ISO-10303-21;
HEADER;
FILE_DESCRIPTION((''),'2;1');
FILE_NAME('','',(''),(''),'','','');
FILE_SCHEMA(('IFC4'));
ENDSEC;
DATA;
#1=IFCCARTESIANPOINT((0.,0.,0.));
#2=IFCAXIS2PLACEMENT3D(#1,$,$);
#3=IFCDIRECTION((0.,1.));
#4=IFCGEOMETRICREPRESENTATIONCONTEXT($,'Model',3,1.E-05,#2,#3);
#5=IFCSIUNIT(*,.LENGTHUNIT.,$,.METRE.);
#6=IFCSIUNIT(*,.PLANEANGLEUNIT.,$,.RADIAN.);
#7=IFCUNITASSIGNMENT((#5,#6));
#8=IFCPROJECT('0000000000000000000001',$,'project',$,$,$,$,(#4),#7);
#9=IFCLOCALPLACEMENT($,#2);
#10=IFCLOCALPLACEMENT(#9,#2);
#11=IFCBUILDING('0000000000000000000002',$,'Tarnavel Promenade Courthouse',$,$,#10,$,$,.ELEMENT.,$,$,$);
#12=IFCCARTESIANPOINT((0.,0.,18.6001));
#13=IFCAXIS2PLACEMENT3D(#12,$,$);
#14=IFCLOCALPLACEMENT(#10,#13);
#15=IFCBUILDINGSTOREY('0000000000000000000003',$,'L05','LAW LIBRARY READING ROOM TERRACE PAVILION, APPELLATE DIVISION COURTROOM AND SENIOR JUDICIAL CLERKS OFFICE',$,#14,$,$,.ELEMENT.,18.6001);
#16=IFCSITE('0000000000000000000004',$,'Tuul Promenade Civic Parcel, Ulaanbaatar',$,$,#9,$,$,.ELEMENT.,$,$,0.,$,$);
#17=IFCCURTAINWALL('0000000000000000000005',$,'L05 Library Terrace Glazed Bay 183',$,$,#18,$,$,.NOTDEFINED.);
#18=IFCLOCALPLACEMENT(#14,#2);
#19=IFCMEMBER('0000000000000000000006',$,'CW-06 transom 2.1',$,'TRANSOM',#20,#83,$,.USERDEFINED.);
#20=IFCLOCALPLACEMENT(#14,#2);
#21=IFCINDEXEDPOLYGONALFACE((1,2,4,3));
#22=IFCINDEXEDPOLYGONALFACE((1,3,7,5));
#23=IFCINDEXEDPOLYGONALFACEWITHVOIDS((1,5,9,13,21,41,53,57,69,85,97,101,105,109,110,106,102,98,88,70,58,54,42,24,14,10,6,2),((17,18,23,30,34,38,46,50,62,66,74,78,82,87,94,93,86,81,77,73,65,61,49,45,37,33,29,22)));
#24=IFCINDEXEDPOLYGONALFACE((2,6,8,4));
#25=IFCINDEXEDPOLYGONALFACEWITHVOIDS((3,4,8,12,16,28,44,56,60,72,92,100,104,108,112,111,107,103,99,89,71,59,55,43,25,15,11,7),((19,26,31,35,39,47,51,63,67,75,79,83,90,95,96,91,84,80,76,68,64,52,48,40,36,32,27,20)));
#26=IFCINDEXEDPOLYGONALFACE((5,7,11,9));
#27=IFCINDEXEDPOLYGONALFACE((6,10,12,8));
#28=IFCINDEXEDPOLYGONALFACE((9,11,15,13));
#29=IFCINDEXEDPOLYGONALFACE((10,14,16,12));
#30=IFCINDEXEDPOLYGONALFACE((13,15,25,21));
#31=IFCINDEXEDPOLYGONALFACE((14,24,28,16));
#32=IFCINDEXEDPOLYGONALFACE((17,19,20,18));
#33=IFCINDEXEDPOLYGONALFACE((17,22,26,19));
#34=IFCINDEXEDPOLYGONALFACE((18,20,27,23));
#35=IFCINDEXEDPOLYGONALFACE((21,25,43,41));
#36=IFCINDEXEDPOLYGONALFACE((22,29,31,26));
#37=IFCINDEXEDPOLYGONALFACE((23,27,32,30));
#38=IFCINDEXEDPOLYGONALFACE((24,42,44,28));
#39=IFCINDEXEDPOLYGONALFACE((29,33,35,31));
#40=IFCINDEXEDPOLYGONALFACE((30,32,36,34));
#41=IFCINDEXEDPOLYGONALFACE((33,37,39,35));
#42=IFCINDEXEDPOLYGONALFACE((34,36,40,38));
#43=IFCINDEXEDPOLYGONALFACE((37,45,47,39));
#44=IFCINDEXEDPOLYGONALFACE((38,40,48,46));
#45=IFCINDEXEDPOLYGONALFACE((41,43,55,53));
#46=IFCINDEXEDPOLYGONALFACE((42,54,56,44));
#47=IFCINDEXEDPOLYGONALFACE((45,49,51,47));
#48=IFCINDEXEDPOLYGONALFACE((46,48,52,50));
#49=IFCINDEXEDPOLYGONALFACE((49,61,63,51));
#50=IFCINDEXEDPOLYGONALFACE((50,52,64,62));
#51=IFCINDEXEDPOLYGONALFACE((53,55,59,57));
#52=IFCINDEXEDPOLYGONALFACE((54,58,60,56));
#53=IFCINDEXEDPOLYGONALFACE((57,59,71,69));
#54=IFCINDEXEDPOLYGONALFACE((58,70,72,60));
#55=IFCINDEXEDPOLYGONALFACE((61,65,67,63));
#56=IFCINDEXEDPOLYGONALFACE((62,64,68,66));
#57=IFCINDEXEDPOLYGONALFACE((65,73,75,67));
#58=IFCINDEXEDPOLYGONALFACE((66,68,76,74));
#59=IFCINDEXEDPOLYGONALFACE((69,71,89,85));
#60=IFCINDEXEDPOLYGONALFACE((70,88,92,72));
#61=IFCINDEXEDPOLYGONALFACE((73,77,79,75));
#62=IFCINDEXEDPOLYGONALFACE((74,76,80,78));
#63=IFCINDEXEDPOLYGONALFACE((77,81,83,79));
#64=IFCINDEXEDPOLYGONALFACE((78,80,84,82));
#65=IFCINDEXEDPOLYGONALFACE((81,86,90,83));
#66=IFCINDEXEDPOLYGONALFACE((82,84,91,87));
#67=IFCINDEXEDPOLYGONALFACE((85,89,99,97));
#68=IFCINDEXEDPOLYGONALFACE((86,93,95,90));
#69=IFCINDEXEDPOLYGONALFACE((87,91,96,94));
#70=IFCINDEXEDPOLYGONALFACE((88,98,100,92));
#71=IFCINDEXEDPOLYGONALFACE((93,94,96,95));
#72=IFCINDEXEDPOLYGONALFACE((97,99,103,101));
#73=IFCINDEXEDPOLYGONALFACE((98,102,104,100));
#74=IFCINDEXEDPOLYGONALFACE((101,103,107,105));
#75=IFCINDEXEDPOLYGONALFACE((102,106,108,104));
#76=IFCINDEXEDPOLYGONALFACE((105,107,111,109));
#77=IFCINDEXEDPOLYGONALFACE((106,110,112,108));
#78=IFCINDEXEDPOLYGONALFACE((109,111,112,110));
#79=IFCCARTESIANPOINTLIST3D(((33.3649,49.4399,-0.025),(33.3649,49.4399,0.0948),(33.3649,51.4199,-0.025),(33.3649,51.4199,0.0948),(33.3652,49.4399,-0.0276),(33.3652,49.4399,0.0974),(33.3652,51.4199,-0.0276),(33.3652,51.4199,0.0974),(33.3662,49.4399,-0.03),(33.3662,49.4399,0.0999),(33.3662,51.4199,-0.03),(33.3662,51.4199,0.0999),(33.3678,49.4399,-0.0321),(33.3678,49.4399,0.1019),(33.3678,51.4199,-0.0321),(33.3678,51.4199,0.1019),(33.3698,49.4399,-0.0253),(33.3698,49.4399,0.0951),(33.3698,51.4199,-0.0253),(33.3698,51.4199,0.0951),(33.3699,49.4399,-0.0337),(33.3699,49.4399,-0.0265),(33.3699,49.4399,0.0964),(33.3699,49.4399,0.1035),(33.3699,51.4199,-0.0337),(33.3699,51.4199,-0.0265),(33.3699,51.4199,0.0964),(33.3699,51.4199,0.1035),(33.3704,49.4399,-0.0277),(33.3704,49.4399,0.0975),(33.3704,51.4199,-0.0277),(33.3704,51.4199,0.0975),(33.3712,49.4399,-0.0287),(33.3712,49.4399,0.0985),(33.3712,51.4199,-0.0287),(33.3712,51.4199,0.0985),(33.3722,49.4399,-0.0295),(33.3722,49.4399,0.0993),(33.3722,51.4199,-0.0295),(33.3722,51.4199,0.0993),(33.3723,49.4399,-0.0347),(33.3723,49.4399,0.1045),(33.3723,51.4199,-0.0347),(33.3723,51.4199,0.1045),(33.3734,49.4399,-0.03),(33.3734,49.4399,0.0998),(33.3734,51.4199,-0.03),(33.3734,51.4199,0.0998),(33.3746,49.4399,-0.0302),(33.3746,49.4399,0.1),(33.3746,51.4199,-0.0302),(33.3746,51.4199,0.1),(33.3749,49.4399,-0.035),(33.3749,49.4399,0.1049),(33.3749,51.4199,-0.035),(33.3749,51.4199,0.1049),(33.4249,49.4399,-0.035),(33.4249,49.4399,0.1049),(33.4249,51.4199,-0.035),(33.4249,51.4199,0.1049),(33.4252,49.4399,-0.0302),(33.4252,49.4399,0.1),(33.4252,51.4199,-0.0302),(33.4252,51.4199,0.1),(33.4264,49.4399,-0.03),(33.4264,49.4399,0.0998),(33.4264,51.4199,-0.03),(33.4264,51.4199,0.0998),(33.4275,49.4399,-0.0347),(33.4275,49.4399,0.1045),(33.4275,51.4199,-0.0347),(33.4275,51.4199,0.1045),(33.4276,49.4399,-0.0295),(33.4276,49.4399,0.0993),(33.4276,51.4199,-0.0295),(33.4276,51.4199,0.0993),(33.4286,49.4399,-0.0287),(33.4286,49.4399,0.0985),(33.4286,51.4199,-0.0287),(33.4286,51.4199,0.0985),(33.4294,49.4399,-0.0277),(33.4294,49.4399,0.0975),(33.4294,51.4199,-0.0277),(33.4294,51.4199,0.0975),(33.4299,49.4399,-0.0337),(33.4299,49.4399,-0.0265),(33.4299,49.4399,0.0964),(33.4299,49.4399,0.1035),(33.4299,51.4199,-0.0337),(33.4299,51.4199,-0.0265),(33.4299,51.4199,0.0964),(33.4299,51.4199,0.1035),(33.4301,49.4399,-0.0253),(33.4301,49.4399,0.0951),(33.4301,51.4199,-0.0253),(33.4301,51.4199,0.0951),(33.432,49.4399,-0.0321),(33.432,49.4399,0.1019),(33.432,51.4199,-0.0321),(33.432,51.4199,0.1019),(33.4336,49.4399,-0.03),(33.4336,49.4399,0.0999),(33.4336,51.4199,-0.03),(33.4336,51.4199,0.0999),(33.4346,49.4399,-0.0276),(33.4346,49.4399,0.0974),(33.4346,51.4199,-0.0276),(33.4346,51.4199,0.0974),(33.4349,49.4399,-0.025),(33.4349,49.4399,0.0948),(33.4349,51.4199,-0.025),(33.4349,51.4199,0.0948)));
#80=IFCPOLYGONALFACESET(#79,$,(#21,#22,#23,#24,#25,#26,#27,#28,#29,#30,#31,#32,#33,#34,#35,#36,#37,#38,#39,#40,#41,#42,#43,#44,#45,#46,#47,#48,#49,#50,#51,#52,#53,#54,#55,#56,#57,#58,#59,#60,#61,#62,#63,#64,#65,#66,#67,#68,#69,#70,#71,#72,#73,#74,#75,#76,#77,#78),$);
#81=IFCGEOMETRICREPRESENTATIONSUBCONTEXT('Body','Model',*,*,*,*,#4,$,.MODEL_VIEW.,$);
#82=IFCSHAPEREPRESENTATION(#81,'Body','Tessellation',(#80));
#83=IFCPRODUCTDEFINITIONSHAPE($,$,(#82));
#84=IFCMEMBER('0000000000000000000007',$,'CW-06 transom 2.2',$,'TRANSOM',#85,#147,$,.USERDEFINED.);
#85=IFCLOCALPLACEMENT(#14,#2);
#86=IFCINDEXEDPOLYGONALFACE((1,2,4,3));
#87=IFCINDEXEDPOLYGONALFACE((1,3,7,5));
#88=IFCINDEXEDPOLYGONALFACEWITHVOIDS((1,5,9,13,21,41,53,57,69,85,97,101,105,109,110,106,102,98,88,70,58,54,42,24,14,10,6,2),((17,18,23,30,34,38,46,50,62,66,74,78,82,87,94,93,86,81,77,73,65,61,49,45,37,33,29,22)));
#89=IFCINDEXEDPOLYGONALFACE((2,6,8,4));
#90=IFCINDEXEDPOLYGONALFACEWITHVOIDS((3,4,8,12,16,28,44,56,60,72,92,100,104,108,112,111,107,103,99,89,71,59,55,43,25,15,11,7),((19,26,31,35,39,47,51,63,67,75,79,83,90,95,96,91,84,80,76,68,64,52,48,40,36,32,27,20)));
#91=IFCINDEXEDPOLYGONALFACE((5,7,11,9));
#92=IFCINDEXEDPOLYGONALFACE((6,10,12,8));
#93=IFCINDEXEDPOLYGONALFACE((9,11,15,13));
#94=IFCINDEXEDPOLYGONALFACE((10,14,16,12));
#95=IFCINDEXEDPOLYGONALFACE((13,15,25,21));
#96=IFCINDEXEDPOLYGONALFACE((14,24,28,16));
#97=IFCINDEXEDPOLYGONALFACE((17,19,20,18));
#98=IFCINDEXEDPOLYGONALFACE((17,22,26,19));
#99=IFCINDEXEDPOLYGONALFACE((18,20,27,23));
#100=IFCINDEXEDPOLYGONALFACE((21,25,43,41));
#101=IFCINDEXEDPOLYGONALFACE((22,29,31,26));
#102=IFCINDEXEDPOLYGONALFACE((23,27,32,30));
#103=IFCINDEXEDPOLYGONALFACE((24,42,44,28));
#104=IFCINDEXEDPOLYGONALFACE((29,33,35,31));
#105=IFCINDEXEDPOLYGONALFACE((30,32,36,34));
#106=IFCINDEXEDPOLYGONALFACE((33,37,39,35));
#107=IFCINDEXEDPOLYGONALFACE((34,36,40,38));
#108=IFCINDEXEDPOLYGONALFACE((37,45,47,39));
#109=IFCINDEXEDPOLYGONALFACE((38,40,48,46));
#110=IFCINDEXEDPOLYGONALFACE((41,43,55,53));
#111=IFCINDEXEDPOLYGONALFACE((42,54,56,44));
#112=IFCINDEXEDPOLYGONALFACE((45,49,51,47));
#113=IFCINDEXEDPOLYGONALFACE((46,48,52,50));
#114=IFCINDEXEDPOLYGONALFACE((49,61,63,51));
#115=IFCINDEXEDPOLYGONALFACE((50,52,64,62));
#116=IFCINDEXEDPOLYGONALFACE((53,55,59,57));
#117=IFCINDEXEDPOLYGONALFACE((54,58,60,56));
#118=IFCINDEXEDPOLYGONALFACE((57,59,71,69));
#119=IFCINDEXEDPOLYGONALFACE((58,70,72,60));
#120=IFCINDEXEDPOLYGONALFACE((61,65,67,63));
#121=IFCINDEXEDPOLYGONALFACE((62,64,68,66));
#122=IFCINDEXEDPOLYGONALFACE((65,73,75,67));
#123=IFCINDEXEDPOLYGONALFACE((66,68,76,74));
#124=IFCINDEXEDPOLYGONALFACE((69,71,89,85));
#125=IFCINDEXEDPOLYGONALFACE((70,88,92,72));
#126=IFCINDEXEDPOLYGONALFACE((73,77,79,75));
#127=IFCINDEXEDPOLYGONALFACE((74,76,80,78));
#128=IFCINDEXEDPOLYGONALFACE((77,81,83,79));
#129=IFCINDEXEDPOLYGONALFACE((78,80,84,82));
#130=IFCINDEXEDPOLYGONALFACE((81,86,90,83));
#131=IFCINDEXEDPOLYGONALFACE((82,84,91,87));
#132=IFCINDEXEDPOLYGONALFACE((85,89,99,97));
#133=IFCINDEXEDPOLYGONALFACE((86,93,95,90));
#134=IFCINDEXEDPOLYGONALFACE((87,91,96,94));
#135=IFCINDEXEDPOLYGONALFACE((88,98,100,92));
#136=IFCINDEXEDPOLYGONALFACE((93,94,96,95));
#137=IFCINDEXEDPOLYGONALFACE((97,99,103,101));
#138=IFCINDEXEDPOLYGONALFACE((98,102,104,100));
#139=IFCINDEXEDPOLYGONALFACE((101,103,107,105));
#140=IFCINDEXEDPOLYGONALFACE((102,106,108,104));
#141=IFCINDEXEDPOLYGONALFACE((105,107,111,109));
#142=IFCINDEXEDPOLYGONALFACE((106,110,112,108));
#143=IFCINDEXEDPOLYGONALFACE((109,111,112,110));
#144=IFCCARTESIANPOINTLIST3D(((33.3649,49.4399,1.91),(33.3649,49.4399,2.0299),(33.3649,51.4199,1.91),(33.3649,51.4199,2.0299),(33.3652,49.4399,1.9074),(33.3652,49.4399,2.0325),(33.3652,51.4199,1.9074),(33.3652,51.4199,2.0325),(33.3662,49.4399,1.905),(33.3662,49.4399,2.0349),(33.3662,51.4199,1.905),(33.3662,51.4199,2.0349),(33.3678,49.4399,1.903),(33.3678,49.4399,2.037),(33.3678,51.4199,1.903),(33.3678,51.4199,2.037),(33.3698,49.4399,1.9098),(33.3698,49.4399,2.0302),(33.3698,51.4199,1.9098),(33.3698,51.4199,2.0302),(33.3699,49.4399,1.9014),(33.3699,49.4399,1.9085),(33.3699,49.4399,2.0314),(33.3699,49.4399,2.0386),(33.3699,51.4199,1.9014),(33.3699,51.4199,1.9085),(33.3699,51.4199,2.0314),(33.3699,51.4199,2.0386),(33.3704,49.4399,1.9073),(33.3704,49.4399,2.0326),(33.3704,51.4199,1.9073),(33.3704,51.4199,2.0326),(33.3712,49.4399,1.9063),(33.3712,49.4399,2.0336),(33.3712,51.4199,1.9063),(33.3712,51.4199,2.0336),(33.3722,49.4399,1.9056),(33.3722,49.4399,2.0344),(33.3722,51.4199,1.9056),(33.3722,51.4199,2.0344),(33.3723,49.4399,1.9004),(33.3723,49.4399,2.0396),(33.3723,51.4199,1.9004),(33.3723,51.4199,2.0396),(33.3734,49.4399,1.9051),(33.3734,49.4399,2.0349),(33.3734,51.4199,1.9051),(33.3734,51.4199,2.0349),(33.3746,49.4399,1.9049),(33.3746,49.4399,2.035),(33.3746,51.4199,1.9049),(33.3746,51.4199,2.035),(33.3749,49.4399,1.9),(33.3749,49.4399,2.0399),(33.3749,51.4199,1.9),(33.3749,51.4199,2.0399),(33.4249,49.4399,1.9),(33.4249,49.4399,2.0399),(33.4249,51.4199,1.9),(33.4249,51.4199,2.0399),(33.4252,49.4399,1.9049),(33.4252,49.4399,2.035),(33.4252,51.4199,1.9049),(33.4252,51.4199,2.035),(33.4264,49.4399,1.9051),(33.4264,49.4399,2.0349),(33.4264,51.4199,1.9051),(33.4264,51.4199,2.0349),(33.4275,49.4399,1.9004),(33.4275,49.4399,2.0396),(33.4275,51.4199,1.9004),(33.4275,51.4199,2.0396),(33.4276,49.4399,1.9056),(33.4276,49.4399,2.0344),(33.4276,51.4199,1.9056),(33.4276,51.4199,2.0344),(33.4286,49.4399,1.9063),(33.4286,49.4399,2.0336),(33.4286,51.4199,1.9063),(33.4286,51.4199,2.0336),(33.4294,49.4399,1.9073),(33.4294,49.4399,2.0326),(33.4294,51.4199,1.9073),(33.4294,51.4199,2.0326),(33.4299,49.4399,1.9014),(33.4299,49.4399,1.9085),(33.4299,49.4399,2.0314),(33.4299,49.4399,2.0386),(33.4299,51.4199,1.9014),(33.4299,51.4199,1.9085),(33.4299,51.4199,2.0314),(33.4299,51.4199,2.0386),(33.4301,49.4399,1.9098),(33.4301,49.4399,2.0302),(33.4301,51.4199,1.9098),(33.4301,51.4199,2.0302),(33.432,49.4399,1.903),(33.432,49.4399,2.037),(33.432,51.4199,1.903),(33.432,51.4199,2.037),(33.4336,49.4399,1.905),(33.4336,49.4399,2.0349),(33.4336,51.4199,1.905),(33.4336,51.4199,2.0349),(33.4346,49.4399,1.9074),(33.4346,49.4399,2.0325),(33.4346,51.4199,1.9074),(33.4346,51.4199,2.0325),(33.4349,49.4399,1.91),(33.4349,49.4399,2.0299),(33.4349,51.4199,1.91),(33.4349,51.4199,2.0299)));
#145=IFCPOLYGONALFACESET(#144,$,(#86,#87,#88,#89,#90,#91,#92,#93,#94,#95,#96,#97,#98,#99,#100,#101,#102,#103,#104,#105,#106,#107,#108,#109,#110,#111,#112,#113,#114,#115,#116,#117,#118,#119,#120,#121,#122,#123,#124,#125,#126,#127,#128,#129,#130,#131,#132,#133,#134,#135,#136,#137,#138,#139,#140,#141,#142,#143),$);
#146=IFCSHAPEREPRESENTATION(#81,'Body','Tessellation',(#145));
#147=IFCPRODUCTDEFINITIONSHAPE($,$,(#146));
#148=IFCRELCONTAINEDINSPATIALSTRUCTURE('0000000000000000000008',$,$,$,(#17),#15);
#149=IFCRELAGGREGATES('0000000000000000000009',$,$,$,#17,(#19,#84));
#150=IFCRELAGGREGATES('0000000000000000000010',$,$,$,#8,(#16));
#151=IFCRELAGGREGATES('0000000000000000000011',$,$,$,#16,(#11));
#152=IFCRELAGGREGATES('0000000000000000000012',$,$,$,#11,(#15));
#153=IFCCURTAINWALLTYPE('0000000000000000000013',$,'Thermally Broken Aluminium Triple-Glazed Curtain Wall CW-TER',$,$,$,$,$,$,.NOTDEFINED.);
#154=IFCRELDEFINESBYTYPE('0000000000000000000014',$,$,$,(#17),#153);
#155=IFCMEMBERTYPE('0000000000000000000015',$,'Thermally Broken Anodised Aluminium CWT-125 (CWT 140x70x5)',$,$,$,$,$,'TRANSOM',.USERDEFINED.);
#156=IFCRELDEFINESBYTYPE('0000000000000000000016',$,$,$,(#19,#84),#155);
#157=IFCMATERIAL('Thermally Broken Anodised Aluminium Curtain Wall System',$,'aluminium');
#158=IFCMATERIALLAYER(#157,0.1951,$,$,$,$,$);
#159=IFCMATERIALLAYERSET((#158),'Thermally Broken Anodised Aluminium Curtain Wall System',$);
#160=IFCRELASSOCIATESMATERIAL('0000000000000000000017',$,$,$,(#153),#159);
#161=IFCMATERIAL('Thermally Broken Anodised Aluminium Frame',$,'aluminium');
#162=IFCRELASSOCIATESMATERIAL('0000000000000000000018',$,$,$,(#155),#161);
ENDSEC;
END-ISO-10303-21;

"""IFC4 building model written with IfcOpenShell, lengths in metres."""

from ifc_helpers import new_model, si_unit, direction, frame, origin, origin_2d, place, context, subcontext, project, spatial, hollow_rectangle, extrude, material, layer, layer_set, material_profile, profile_set, type_object, element, aggregate, save


model = new_model("IFC4")

# Units and contexts
model_context = context("Model", 3, precision=1e-05, world=origin(), true_north=direction((0.0, 1.0)))
body_context = subcontext(model_context, "Body", "Model", "MODEL_VIEW")
ifc_project = project(units=[si_unit("LENGTHUNIT", "METRE"), si_unit("PLANEANGLEUNIT", "RADIAN")], contexts=[model_context])

# Site, building, storey
site_placement = place(None, origin())
site = spatial("IfcSite", under=ifc_project, at=site_placement, Name="Tuul Promenade Civic Parcel, Ulaanbaatar", CompositionType="ELEMENT", RefElevation=0.0)
building_placement = place(site_placement, origin())
building = spatial("IfcBuilding", under=site, at=building_placement, Name="Tarnavel Promenade Courthouse", CompositionType="ELEMENT")
storey_placement = place(building_placement, frame((0.0, 0.0, 18.6001)))
storey = spatial("IfcBuildingStorey", under=building, at=storey_placement, Name="L05", Description="LAW LIBRARY READING ROOM TERRACE PAVILION, APPELLATE DIVISION COURTROOM AND SENIOR JUDICIAL CLERKS OFFICE", CompositionType="ELEMENT", Elevation=18.6001)

# Shared definitions
ifc_material_1 = material(Name="Thermally Broken Anodised Aluminium Curtain Wall System", Category="aluminium")
ifc_layer_1 = layer(ifc_material_1, 0.1951)
ifc_layer_set_1 = layer_set([ifc_layer_1], Name="Thermally Broken Anodised Aluminium Curtain Wall System")
curtain_wall_type = type_object("IfcCurtainWallType", Name="Thermally Broken Aluminium Triple-Glazed Curtain Wall CW-TER", PredefinedType="NOTDEFINED", material=ifc_layer_set_1)
ifc_material_2 = material(Name="Thermally Broken Anodised Aluminium Frame", Category="aluminium")

# Curtain wall
curtain_wall_1_placement = place(storey_placement, origin())
curtain_wall_1 = element("IfcCurtainWall", 1, at=curtain_wall_1_placement, inside=storey, type_object=curtain_wall_type, Name="L05 Library Terrace Glazed Bay 183", PredefinedType="NOTDEFINED")

# Members
ifc_material_profile_1 = material_profile(ifc_material_2, hollow_rectangle(XDim=0.0701, YDim=0.1399, WallThickness=0.0049, InnerFilletRadius=0.0049, OuterFilletRadius=0.01, at=origin_2d()), Name="CWT 140x70x5")
ifc_profile_set_1 = profile_set([ifc_material_profile_1], Name="Thermally Broken Anodised Aluminium Frame")
member_type_1 = type_object("IfcMemberType", Name="Thermally Broken Anodised Aluminium CWT-125 (CWT 140x70x5)", ElementType="TRANSOM", PredefinedType="USERDEFINED", material=ifc_profile_set_1)
member_1_placement = place(storey_placement, frame((33.3999, 49.4399, 0.0349), z_axis=(0.0, 1.0, 0.0), x_axis=(-1.0, 0.0, 0.0)))
member_1 = element("IfcMember", 2, at=member_1_placement, type_object=member_type_1, Name="CW-06 transom 2.1", ObjectType="TRANSOM", PredefinedType="USERDEFINED", context=body_context, shape_type="SweptSolid", body=[
    extrude(hollow_rectangle(XDim=0.0701, YDim=0.1399, WallThickness=0.0049, InnerFilletRadius=0.0049, OuterFilletRadius=0.01, at=origin_2d()), origin(), (0.0, 0.0, 1.0), 1.98),
])
member_2_placement = place(storey_placement, frame((33.3999, 49.4399, 1.97), z_axis=(0.0, 1.0, 0.0), x_axis=(-1.0, 0.0, 0.0)))
member_2 = element("IfcMember", 3, at=member_2_placement, type_object=member_type_1, Name="CW-06 transom 2.2", ObjectType="TRANSOM", PredefinedType="USERDEFINED", context=body_context, shape_type="SweptSolid", body=[
    extrude(hollow_rectangle(XDim=0.0701, YDim=0.1399, WallThickness=0.0049, InnerFilletRadius=0.0049, OuterFilletRadius=0.01, at=origin_2d()), origin(), (0.0, 0.0, 1.0), 1.98),
])

aggregate(curtain_wall_1, [member_1, member_2])

save(model, "model.ifc")
